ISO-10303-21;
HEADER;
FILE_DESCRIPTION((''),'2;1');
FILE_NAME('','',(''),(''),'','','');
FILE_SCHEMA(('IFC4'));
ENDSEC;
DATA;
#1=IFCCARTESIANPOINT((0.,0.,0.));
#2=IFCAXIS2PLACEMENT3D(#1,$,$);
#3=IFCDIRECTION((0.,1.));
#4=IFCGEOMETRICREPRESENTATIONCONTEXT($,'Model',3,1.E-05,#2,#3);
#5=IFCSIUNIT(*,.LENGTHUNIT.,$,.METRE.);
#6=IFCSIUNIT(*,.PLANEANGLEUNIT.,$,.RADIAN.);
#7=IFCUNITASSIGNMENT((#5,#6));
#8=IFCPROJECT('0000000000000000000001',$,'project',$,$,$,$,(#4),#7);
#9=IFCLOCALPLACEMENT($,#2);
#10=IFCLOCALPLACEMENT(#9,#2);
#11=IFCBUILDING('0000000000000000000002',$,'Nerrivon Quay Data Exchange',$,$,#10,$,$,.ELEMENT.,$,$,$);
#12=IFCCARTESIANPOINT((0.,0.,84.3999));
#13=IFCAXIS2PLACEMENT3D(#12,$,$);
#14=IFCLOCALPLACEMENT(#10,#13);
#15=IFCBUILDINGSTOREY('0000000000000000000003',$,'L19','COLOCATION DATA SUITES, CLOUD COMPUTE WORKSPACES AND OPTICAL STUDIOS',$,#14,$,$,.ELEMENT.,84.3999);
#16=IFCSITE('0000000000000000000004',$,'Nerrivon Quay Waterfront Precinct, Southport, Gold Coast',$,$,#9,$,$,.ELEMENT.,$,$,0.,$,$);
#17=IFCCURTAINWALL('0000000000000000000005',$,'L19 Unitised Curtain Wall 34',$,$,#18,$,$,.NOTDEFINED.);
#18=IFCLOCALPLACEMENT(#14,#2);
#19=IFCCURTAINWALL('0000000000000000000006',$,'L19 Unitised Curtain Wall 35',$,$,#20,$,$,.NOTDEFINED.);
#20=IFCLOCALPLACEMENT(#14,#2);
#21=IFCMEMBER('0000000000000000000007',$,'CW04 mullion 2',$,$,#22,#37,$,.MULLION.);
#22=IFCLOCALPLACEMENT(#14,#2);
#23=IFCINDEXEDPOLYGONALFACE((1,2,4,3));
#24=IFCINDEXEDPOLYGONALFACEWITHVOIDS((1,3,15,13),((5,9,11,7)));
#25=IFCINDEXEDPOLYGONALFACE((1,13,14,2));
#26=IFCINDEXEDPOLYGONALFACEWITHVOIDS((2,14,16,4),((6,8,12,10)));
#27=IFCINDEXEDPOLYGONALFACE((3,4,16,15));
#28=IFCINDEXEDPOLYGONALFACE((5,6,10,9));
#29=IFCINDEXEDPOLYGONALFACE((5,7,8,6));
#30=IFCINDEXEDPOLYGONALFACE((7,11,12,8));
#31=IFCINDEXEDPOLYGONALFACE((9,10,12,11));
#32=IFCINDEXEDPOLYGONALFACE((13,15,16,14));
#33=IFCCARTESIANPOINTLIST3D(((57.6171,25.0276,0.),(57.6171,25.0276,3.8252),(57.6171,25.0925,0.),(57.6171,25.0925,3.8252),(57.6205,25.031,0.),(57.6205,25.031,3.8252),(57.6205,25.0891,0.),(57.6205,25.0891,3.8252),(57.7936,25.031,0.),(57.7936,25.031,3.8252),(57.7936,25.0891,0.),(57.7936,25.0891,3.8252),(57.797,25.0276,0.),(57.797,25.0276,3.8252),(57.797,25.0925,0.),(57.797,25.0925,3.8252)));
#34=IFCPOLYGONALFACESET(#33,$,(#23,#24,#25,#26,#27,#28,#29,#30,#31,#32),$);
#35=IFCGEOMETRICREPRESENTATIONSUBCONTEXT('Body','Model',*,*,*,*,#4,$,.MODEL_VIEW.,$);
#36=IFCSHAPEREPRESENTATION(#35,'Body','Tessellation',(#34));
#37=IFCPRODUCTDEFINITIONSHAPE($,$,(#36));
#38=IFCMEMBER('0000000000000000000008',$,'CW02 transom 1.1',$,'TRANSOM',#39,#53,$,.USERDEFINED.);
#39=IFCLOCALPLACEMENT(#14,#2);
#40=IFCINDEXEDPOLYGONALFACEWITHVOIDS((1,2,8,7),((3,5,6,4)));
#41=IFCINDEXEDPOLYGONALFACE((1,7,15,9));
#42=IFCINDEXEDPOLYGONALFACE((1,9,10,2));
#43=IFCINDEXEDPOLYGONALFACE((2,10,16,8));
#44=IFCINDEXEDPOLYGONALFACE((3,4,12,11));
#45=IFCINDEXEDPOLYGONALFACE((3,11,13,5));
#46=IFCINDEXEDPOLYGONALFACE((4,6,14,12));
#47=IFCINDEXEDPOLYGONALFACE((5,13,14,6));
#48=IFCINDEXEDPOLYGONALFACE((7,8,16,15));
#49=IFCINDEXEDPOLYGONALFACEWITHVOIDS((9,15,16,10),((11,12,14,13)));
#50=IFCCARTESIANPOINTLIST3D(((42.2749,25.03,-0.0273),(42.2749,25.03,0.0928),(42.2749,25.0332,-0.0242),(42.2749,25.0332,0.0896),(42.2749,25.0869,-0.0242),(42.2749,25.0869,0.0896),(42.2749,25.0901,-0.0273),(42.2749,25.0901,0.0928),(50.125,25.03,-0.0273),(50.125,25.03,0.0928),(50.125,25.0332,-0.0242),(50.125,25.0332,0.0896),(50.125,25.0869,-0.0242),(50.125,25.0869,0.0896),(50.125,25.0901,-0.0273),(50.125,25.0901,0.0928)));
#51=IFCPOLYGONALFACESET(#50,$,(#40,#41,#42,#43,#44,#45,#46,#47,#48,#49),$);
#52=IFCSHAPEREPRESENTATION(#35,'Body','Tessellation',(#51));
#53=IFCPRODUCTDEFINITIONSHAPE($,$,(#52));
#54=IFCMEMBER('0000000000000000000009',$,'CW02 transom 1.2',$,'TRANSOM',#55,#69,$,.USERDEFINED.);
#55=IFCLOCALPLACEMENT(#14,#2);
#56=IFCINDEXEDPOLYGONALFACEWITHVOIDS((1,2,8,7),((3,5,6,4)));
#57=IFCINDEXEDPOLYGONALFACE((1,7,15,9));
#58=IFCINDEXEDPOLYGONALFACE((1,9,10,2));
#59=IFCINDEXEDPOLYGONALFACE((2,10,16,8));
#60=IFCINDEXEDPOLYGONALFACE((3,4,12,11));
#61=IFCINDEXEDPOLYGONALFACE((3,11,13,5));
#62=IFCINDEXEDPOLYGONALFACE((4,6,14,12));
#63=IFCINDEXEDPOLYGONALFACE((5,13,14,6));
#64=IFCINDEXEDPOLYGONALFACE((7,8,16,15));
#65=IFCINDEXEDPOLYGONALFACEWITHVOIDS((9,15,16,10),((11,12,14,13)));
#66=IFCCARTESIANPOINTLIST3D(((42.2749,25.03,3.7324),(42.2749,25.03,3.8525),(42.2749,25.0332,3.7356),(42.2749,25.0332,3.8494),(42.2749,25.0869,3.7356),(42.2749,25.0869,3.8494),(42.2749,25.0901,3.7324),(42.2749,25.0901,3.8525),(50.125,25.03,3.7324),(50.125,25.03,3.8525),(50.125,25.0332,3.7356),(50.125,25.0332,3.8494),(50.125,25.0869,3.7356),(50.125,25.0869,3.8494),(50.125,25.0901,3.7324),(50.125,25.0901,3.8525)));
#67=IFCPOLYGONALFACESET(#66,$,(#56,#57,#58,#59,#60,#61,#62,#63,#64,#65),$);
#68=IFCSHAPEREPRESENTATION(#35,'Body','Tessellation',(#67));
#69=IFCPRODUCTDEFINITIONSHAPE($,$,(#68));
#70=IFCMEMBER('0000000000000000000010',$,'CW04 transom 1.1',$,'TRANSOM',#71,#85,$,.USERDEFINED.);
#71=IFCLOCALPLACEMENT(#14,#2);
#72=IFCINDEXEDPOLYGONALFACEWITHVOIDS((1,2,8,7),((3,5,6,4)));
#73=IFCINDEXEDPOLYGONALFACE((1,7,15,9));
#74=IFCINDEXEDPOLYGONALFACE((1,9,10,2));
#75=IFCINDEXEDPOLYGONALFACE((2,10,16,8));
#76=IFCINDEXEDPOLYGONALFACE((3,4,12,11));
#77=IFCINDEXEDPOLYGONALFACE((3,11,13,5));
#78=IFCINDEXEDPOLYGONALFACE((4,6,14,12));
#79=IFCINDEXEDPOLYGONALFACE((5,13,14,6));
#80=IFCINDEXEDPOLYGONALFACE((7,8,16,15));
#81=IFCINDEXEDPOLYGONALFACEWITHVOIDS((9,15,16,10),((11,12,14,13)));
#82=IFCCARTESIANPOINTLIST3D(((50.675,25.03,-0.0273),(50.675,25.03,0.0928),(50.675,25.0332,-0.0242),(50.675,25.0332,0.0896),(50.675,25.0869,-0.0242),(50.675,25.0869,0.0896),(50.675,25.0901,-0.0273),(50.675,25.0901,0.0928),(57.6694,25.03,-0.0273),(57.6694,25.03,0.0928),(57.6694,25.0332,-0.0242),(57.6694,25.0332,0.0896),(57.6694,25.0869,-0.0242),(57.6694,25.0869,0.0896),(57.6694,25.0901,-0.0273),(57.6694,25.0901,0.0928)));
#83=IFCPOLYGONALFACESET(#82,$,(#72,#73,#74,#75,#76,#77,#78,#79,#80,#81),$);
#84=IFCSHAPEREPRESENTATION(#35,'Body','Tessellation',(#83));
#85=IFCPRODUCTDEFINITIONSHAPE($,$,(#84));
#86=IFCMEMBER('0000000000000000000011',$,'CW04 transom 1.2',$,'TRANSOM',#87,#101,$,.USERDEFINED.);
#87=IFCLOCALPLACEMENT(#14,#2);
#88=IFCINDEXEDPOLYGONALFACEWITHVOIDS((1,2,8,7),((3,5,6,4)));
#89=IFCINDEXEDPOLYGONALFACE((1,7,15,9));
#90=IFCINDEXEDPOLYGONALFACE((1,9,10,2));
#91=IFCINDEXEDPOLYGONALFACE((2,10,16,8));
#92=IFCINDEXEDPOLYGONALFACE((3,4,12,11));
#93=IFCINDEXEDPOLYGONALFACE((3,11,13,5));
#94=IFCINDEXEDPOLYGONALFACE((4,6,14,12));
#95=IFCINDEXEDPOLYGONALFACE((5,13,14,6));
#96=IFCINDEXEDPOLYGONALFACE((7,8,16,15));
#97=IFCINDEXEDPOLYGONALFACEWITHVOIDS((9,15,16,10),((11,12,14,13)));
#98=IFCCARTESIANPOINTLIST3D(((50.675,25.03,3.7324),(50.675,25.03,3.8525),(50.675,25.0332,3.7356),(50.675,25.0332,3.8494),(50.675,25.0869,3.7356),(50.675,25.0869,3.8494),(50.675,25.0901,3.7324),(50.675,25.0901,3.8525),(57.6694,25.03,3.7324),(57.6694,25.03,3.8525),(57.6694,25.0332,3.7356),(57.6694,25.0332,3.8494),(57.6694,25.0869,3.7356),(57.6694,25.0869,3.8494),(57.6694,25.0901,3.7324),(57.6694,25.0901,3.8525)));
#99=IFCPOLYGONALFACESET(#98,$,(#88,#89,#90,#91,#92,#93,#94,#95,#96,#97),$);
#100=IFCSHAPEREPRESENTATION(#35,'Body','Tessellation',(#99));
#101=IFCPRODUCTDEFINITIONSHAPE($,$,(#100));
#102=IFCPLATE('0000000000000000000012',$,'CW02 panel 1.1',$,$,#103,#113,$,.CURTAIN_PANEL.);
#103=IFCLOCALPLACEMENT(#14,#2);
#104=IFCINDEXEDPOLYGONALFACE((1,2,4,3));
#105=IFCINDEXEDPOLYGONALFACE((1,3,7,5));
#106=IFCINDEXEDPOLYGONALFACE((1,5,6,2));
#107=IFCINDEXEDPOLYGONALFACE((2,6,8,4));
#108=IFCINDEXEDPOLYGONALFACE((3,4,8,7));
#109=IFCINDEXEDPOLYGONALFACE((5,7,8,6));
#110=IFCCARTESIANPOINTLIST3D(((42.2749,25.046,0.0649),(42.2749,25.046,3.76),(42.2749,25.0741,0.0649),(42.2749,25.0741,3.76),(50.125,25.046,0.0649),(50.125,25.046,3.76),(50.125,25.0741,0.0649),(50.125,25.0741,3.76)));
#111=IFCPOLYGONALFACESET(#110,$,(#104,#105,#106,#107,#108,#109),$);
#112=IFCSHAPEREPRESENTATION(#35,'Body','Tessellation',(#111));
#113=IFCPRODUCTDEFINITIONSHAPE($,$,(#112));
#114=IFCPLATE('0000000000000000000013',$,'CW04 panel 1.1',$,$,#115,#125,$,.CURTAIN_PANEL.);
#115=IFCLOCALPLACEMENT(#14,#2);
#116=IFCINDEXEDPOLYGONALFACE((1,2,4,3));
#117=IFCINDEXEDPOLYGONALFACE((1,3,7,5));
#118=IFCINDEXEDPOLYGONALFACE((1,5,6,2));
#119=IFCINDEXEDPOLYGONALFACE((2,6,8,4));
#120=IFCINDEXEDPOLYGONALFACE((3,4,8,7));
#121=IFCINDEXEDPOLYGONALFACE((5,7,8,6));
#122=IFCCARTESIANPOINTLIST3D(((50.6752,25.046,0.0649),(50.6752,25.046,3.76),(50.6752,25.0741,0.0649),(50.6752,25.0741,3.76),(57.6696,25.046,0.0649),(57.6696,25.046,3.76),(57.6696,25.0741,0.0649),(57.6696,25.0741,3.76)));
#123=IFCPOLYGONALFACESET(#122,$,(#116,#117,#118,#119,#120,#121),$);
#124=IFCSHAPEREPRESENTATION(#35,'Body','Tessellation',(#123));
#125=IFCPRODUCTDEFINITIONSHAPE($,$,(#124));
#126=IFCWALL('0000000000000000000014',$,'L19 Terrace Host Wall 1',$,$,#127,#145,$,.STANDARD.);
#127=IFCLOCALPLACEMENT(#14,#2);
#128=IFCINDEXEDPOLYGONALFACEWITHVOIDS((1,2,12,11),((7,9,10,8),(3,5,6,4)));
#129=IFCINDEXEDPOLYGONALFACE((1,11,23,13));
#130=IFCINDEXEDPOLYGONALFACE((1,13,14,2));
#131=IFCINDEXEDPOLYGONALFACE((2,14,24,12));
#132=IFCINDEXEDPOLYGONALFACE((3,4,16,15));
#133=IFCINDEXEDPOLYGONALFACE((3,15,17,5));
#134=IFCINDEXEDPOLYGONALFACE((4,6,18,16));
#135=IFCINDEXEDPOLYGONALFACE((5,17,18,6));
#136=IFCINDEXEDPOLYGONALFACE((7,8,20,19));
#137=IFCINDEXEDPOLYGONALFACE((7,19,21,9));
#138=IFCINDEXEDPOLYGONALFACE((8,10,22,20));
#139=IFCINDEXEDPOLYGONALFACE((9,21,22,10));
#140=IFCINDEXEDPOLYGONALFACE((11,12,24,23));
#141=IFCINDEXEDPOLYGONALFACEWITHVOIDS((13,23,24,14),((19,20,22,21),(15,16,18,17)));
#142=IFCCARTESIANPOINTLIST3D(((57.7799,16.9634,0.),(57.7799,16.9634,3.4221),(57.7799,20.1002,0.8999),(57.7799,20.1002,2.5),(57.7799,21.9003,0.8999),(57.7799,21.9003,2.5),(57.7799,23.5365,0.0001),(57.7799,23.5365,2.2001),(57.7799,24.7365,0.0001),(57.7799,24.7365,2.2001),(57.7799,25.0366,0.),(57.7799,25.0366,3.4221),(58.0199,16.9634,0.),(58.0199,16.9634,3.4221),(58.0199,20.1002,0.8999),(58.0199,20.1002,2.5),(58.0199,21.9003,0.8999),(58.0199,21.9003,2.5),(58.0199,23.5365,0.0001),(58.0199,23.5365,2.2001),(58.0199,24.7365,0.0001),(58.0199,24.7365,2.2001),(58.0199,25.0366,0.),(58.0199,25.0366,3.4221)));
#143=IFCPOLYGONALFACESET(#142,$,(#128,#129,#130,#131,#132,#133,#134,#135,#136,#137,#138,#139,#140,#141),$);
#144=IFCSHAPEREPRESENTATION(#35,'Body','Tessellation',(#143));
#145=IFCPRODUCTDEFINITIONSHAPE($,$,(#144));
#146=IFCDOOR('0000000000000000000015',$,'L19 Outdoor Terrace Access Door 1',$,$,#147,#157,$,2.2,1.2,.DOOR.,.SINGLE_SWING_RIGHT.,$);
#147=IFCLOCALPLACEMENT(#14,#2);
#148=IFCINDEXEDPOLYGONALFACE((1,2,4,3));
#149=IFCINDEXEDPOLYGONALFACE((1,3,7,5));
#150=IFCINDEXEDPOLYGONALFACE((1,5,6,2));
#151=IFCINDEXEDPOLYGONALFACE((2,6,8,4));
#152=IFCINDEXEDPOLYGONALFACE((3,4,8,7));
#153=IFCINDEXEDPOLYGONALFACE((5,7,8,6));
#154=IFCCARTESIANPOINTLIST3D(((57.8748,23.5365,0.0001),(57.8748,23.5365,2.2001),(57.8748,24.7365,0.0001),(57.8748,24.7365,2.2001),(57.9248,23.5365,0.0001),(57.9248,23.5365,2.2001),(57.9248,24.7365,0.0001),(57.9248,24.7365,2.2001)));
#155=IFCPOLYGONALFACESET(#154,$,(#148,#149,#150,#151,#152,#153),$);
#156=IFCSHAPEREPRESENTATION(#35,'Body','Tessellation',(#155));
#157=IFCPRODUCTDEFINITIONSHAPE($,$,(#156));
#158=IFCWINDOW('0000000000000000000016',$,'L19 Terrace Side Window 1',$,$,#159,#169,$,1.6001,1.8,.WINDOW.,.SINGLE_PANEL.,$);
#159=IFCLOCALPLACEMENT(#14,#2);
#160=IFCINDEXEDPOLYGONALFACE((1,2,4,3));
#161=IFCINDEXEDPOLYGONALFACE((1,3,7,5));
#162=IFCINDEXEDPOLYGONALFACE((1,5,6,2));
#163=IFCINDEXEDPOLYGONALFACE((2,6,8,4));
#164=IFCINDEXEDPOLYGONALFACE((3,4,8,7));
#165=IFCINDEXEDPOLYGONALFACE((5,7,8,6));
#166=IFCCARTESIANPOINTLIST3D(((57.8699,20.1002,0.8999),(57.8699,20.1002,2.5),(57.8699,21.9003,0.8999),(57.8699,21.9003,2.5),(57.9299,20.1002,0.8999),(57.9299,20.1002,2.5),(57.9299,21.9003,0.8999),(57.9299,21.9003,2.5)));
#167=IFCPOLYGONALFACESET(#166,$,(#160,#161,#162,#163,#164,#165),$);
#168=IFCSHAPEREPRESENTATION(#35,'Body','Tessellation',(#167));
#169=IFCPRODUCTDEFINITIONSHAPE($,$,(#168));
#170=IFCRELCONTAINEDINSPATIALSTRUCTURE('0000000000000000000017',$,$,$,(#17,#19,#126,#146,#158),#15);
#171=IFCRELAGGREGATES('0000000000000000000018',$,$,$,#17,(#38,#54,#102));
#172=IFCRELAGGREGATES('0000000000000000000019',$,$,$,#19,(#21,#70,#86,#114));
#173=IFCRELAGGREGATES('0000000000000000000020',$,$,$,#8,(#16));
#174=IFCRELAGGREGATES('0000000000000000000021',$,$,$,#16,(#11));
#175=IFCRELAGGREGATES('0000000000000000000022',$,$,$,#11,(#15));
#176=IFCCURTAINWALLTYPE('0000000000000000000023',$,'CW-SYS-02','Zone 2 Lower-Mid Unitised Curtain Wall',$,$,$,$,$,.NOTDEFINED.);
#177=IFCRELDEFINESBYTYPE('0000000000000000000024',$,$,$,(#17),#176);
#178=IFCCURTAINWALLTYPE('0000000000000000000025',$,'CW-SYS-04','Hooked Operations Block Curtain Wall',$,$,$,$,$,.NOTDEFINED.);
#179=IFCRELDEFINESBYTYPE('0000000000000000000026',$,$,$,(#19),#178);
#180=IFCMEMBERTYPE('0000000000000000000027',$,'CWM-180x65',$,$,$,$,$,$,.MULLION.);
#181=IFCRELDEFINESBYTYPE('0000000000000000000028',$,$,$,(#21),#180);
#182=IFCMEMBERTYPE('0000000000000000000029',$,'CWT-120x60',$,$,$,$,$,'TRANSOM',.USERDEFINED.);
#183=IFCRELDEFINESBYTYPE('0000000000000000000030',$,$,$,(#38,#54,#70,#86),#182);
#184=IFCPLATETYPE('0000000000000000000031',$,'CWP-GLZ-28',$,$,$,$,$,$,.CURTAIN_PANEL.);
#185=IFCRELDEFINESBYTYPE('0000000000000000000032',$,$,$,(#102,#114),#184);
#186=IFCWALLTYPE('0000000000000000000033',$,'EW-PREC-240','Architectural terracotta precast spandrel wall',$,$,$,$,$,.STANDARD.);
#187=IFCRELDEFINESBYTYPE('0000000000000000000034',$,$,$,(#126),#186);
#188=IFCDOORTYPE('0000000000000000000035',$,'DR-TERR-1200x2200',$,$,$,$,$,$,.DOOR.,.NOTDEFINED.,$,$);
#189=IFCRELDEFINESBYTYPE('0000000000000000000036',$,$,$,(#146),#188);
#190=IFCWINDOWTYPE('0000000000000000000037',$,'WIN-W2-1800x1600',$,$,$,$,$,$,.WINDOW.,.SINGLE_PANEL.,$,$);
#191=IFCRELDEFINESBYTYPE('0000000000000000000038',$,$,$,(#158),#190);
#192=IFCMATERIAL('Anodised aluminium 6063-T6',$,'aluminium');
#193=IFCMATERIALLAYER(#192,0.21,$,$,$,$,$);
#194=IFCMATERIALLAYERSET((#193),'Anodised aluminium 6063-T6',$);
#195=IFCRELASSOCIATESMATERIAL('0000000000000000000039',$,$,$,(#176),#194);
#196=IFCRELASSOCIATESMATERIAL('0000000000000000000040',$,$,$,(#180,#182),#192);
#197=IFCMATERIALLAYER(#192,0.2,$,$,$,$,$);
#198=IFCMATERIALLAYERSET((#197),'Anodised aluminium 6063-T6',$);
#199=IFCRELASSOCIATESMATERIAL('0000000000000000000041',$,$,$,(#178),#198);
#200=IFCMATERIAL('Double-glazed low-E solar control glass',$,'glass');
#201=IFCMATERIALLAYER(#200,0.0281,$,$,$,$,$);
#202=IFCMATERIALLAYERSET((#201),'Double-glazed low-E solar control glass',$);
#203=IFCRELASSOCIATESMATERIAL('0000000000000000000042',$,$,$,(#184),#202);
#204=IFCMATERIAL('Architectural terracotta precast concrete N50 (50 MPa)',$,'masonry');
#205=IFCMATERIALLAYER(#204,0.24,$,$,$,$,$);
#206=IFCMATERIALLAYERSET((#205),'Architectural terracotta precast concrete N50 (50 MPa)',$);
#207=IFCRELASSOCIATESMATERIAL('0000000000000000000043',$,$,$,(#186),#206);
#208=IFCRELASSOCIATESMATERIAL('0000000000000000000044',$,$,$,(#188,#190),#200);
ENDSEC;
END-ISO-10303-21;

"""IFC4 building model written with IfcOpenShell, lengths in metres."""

from ifc_helpers import new_model, si_unit, direction, frame, frame_2d, origin, origin_2d, place, context, subcontext, project, spatial, rectangle, hollow_rectangle, extrude, material, layer, layer_set, material_profile, profile_set, type_object, element, fill, aggregate, save


model = new_model("IFC4")

# Units and contexts
model_context = context("Model", 3, precision=1e-05, world=origin(), true_north=direction((0.0, 1.0)))
body_context = subcontext(model_context, "Body", "Model", "MODEL_VIEW")
ifc_project = project(units=[si_unit("LENGTHUNIT", "METRE"), si_unit("PLANEANGLEUNIT", "RADIAN")], contexts=[model_context])

# Site, building, storey
site_placement = place(None, origin())
site = spatial("IfcSite", under=ifc_project, at=site_placement, Name="Nerrivon Quay Waterfront Precinct, Southport, Gold Coast", CompositionType="ELEMENT", RefElevation=0.0)
building_placement = place(site_placement, origin())
building = spatial("IfcBuilding", under=site, at=building_placement, Name="Nerrivon Quay Data Exchange", CompositionType="ELEMENT")
storey_placement = place(building_placement, frame((0.0, 0.0, 84.3999)))
storey = spatial("IfcBuildingStorey", under=building, at=storey_placement, Name="L19", Description="COLOCATION DATA SUITES, CLOUD COMPUTE WORKSPACES AND OPTICAL STUDIOS", CompositionType="ELEMENT", Elevation=84.3999)

# Curtain wall
ifc_material_1 = material(Name="Anodised aluminium 6063-T6", Category="aluminium")
ifc_layer_1 = layer(ifc_material_1, 0.21)
ifc_layer_set_1 = layer_set([ifc_layer_1], Name="Anodised aluminium 6063-T6")
curtain_wall_type_1 = type_object("IfcCurtainWallType", Name="CW-SYS-02", Description="Zone 2 Lower-Mid Unitised Curtain Wall", PredefinedType="NOTDEFINED", material=ifc_layer_set_1)
curtain_wall_1_placement = place(storey_placement, origin())
curtain_wall_1 = element("IfcCurtainWall", 1, at=curtain_wall_1_placement, inside=storey, type_object=curtain_wall_type_1, Name="L19 Unitised Curtain Wall 34", PredefinedType="NOTDEFINED")
ifc_material_profile_1 = material_profile(ifc_material_1, hollow_rectangle(XDim=0.0649, YDim=0.1799, WallThickness=0.0034, at=origin_2d()), Name="ALU-MULL-180x65")
ifc_profile_set_1 = profile_set([ifc_material_profile_1], Name="Anodised aluminium 6063-T6")
member_type_1 = type_object("IfcMemberType", Name="CWM-180x65", PredefinedType="MULLION", material=ifc_profile_set_1)

# Curtain wall, member
ifc_layer_2 = layer(ifc_material_1, 0.2)
ifc_layer_set_2 = layer_set([ifc_layer_2], Name="Anodised aluminium 6063-T6")
curtain_wall_type_2 = type_object("IfcCurtainWallType", Name="CW-SYS-04", Description="Hooked Operations Block Curtain Wall", PredefinedType="NOTDEFINED", material=ifc_layer_set_2)
curtain_wall_2_placement = place(storey_placement, origin())
curtain_wall_2 = element("IfcCurtainWall", 2, at=curtain_wall_2_placement, inside=storey, type_object=curtain_wall_type_2, Name="L19 Unitised Curtain Wall 35", PredefinedType="NOTDEFINED")
member_1_placement = place(storey_placement, frame((57.707, 25.0601, 0.0), z_axis=(0.0, 0.0, 1.0), x_axis=(0.0, 1.0, 0.0)))
member_1 = element("IfcMember", 3, at=member_1_placement, type_object=member_type_1, Name="CW04 mullion 2", PredefinedType="MULLION", context=body_context, shape_type="SweptSolid", body=[
    extrude(hollow_rectangle(XDim=0.0649, YDim=0.1799, WallThickness=0.0034, at=origin_2d()), origin(), (0.0, 0.0, 1.0), 3.8252),
])

# Members
ifc_material_profile_2 = material_profile(ifc_material_1, hollow_rectangle(XDim=0.0601, YDim=0.1201, WallThickness=0.0032, at=origin_2d()), Name="ALU-TRAN-120x60")
ifc_profile_set_2 = profile_set([ifc_material_profile_2], Name="Anodised aluminium 6063-T6")
member_type_2 = type_object("IfcMemberType", Name="CWT-120x60", ElementType="TRANSOM", PredefinedType="USERDEFINED", material=ifc_profile_set_2)
member_2_placement = place(storey_placement, frame((42.2749, 25.0601, 0.0327), z_axis=(1.0, 0.0, 0.0), x_axis=(0.0, 1.0, 0.0)))
member_2 = element("IfcMember", 4, at=member_2_placement, type_object=member_type_2, Name="CW02 transom 1.1", ObjectType="TRANSOM", PredefinedType="USERDEFINED", context=body_context, shape_type="SweptSolid", body=[
    extrude(hollow_rectangle(XDim=0.0601, YDim=0.1201, WallThickness=0.0032, at=origin_2d()), origin(), (0.0, 0.0, 1.0), 7.8501),
])
member_3_placement = place(storey_placement, frame((42.2749, 25.0601, 3.7925), z_axis=(1.0, 0.0, 0.0), x_axis=(0.0, 1.0, 0.0)))
member_3 = element("IfcMember", 5, at=member_3_placement, type_object=member_type_2, Name="CW02 transom 1.2", ObjectType="TRANSOM", PredefinedType="USERDEFINED", context=body_context, shape_type="SweptSolid", body=[
    extrude(hollow_rectangle(XDim=0.0601, YDim=0.1201, WallThickness=0.0032, at=origin_2d()), origin(), (0.0, 0.0, 1.0), 7.8501),
])
member_4_placement = place(storey_placement, frame((50.675, 25.0601, 0.0327), z_axis=(1.0, 0.0, 0.0), x_axis=(0.0, 1.0, 0.0)))
member_4 = element("IfcMember", 6, at=member_4_placement, type_object=member_type_2, Name="CW04 transom 1.1", ObjectType="TRANSOM", PredefinedType="USERDEFINED", context=body_context, shape_type="SweptSolid", body=[
    extrude(hollow_rectangle(XDim=0.0601, YDim=0.1201, WallThickness=0.0032, at=origin_2d()), origin(), (0.0, 0.0, 1.0), 6.9944),
])
member_5_placement = place(storey_placement, frame((50.675, 25.0601, 3.7925), z_axis=(1.0, 0.0, 0.0), x_axis=(0.0, 1.0, 0.0)))
member_5 = element("IfcMember", 7, at=member_5_placement, type_object=member_type_2, Name="CW04 transom 1.2", ObjectType="TRANSOM", PredefinedType="USERDEFINED", context=body_context, shape_type="SweptSolid", body=[
    extrude(hollow_rectangle(XDim=0.0601, YDim=0.1201, WallThickness=0.0032, at=origin_2d()), origin(), (0.0, 0.0, 1.0), 6.9944),
])

# Plates
ifc_material_2 = material(Name="Double-glazed low-E solar control glass", Category="glass")
ifc_layer_3 = layer(ifc_material_2, 0.0281)
ifc_layer_set_3 = layer_set([ifc_layer_3], Name="Double-glazed low-E solar control glass")
plate_type = type_object("IfcPlateType", Name="CWP-GLZ-28", PredefinedType="CURTAIN_PANEL", material=ifc_layer_set_3)
plate_1_placement = place(storey_placement, frame((46.2, 25.0601, 0.0649), z_axis=(0.0, 0.0, 1.0), x_axis=(1.0, 0.0, 0.0)))
plate_1 = element("IfcPlate", 8, at=plate_1_placement, type_object=plate_type, Name="CW02 panel 1.1", PredefinedType="CURTAIN_PANEL", context=body_context, shape_type="SweptSolid", body=[
    extrude(rectangle(XDim=7.8501, YDim=0.0281, at=origin_2d()), origin(), (0.0, 0.0, 1.0), 3.6951),
])
aggregate(curtain_wall_1, [member_2, member_3, plate_1])
plate_2_placement = place(storey_placement, frame((54.1724, 25.0601, 0.0649), z_axis=(0.0, 0.0, 1.0), x_axis=(1.0, 0.0, 0.0)))
plate_2 = element("IfcPlate", 9, at=plate_2_placement, type_object=plate_type, Name="CW04 panel 1.1", PredefinedType="CURTAIN_PANEL", context=body_context, shape_type="SweptSolid", body=[
    extrude(rectangle(XDim=6.9944, YDim=0.0281, at=origin_2d()), origin(), (0.0, 0.0, 1.0), 3.6951),
])
aggregate(curtain_wall_2, [member_1, member_4, member_5, plate_2])

# Wall, openings, door, window
ifc_material_3 = material(Name="Architectural terracotta precast concrete N50 (50 MPa)", Category="masonry")
ifc_layer_4 = layer(ifc_material_3, 0.24)
ifc_layer_set_4 = layer_set([ifc_layer_4], Name="Architectural terracotta precast concrete N50 (50 MPa)")
wall_type_1 = type_object("IfcWallType", Name="EW-PREC-240", Description="Architectural terracotta precast spandrel wall", PredefinedType="STANDARD", material=ifc_layer_set_4)
wall_1_placement = place(storey_placement, frame((57.8999, 25.0366, 0.0), z_axis=(0.0, 0.0, 1.0), x_axis=(0.0, -1.0, 0.0)))
wall_1 = element("IfcWall", 10, at=wall_1_placement, inside=storey, type_object=wall_type_1, Name="L19 Terrace Host Wall 1", PredefinedType="STANDARD", context=body_context, shape_type="SweptSolid", body=[
    extrude(rectangle(XDim=8.0732, YDim=0.24, at=frame_2d((4.0366, 0.0))), origin(), (0.0, 0.0, 1.0), 3.4221),
])
opening_1_placement = place(wall_1_placement, frame((0.3, 0.0, 0.0)))
opening_1 = element("IfcOpeningElement", 11, at=opening_1_placement, cuts=wall_1, PredefinedType="OPENING", context=body_context, shape_type="SweptSolid", body=[
    extrude(rectangle(XDim=1.2, YDim=2.2, at=frame_2d((0.6001, 1.1001))), frame((0.0, 0.1299, 0.0), z_axis=(0.0, -1.0, 0.0), x_axis=(1.0, 0.0, 0.0)), (0.0, 0.0, 1.0), 0.26),
])
opening_2_placement = place(wall_1_placement, frame((3.1365, 0.0, 0.8999)))
opening_2 = element("IfcOpeningElement", 12, at=opening_2_placement, cuts=wall_1, PredefinedType="OPENING", context=body_context, shape_type="SweptSolid", body=[
    extrude(rectangle(XDim=1.8, YDim=1.6001, at=frame_2d((0.8999, 0.8))), frame((0.0, 0.1299, 0.0), z_axis=(0.0, -1.0, 0.0), x_axis=(1.0, 0.0, 0.0)), (0.0, 0.0, 1.0), 0.26),
])
door_type_1 = type_object("IfcDoorType", Name="DR-TERR-1200x2200", OperationType="NOTDEFINED", PredefinedType="DOOR", material=ifc_material_2)
door_1_placement = place(opening_1_placement, origin())
door_1 = element("IfcDoor", 13, at=door_1_placement, inside=storey, type_object=door_type_1, Name="L19 Outdoor Terrace Access Door 1", OperationType="SINGLE_SWING_RIGHT", OverallHeight=2.2, OverallWidth=1.2, PredefinedType="DOOR", context=body_context, shape_type="SweptSolid", body=[
    extrude(rectangle(XDim=1.2, YDim=2.2, at=frame_2d((0.6001, 1.1001))), frame((0.0, 0.0249, 0.0), z_axis=(0.0, -1.0, 0.0), x_axis=(1.0, 0.0, 0.0)), (0.0, 0.0, 1.0), 0.05),
])
fill(opening_1, door_1)
window_type_1 = type_object("IfcWindowType", Name="WIN-W2-1800x1600", PartitioningType="SINGLE_PANEL", PredefinedType="WINDOW", material=ifc_material_2)
window_1_placement = place(opening_2_placement, origin())
window_1 = element("IfcWindow", 14, at=window_1_placement, inside=storey, type_object=window_type_1, Name="L19 Terrace Side Window 1", OverallHeight=1.6001, OverallWidth=1.8, PartitioningType="SINGLE_PANEL", PredefinedType="WINDOW", context=body_context, shape_type="SweptSolid", body=[
    extrude(rectangle(XDim=1.8, YDim=1.6001, at=frame_2d((0.8999, 0.8))), frame((0.0, 0.03, 0.0), z_axis=(0.0, -1.0, 0.0), x_axis=(1.0, 0.0, 0.0)), (0.0, 0.0, 1.0), 0.0601),
])
fill(opening_2, window_1)

save(model, "model.ifc")
